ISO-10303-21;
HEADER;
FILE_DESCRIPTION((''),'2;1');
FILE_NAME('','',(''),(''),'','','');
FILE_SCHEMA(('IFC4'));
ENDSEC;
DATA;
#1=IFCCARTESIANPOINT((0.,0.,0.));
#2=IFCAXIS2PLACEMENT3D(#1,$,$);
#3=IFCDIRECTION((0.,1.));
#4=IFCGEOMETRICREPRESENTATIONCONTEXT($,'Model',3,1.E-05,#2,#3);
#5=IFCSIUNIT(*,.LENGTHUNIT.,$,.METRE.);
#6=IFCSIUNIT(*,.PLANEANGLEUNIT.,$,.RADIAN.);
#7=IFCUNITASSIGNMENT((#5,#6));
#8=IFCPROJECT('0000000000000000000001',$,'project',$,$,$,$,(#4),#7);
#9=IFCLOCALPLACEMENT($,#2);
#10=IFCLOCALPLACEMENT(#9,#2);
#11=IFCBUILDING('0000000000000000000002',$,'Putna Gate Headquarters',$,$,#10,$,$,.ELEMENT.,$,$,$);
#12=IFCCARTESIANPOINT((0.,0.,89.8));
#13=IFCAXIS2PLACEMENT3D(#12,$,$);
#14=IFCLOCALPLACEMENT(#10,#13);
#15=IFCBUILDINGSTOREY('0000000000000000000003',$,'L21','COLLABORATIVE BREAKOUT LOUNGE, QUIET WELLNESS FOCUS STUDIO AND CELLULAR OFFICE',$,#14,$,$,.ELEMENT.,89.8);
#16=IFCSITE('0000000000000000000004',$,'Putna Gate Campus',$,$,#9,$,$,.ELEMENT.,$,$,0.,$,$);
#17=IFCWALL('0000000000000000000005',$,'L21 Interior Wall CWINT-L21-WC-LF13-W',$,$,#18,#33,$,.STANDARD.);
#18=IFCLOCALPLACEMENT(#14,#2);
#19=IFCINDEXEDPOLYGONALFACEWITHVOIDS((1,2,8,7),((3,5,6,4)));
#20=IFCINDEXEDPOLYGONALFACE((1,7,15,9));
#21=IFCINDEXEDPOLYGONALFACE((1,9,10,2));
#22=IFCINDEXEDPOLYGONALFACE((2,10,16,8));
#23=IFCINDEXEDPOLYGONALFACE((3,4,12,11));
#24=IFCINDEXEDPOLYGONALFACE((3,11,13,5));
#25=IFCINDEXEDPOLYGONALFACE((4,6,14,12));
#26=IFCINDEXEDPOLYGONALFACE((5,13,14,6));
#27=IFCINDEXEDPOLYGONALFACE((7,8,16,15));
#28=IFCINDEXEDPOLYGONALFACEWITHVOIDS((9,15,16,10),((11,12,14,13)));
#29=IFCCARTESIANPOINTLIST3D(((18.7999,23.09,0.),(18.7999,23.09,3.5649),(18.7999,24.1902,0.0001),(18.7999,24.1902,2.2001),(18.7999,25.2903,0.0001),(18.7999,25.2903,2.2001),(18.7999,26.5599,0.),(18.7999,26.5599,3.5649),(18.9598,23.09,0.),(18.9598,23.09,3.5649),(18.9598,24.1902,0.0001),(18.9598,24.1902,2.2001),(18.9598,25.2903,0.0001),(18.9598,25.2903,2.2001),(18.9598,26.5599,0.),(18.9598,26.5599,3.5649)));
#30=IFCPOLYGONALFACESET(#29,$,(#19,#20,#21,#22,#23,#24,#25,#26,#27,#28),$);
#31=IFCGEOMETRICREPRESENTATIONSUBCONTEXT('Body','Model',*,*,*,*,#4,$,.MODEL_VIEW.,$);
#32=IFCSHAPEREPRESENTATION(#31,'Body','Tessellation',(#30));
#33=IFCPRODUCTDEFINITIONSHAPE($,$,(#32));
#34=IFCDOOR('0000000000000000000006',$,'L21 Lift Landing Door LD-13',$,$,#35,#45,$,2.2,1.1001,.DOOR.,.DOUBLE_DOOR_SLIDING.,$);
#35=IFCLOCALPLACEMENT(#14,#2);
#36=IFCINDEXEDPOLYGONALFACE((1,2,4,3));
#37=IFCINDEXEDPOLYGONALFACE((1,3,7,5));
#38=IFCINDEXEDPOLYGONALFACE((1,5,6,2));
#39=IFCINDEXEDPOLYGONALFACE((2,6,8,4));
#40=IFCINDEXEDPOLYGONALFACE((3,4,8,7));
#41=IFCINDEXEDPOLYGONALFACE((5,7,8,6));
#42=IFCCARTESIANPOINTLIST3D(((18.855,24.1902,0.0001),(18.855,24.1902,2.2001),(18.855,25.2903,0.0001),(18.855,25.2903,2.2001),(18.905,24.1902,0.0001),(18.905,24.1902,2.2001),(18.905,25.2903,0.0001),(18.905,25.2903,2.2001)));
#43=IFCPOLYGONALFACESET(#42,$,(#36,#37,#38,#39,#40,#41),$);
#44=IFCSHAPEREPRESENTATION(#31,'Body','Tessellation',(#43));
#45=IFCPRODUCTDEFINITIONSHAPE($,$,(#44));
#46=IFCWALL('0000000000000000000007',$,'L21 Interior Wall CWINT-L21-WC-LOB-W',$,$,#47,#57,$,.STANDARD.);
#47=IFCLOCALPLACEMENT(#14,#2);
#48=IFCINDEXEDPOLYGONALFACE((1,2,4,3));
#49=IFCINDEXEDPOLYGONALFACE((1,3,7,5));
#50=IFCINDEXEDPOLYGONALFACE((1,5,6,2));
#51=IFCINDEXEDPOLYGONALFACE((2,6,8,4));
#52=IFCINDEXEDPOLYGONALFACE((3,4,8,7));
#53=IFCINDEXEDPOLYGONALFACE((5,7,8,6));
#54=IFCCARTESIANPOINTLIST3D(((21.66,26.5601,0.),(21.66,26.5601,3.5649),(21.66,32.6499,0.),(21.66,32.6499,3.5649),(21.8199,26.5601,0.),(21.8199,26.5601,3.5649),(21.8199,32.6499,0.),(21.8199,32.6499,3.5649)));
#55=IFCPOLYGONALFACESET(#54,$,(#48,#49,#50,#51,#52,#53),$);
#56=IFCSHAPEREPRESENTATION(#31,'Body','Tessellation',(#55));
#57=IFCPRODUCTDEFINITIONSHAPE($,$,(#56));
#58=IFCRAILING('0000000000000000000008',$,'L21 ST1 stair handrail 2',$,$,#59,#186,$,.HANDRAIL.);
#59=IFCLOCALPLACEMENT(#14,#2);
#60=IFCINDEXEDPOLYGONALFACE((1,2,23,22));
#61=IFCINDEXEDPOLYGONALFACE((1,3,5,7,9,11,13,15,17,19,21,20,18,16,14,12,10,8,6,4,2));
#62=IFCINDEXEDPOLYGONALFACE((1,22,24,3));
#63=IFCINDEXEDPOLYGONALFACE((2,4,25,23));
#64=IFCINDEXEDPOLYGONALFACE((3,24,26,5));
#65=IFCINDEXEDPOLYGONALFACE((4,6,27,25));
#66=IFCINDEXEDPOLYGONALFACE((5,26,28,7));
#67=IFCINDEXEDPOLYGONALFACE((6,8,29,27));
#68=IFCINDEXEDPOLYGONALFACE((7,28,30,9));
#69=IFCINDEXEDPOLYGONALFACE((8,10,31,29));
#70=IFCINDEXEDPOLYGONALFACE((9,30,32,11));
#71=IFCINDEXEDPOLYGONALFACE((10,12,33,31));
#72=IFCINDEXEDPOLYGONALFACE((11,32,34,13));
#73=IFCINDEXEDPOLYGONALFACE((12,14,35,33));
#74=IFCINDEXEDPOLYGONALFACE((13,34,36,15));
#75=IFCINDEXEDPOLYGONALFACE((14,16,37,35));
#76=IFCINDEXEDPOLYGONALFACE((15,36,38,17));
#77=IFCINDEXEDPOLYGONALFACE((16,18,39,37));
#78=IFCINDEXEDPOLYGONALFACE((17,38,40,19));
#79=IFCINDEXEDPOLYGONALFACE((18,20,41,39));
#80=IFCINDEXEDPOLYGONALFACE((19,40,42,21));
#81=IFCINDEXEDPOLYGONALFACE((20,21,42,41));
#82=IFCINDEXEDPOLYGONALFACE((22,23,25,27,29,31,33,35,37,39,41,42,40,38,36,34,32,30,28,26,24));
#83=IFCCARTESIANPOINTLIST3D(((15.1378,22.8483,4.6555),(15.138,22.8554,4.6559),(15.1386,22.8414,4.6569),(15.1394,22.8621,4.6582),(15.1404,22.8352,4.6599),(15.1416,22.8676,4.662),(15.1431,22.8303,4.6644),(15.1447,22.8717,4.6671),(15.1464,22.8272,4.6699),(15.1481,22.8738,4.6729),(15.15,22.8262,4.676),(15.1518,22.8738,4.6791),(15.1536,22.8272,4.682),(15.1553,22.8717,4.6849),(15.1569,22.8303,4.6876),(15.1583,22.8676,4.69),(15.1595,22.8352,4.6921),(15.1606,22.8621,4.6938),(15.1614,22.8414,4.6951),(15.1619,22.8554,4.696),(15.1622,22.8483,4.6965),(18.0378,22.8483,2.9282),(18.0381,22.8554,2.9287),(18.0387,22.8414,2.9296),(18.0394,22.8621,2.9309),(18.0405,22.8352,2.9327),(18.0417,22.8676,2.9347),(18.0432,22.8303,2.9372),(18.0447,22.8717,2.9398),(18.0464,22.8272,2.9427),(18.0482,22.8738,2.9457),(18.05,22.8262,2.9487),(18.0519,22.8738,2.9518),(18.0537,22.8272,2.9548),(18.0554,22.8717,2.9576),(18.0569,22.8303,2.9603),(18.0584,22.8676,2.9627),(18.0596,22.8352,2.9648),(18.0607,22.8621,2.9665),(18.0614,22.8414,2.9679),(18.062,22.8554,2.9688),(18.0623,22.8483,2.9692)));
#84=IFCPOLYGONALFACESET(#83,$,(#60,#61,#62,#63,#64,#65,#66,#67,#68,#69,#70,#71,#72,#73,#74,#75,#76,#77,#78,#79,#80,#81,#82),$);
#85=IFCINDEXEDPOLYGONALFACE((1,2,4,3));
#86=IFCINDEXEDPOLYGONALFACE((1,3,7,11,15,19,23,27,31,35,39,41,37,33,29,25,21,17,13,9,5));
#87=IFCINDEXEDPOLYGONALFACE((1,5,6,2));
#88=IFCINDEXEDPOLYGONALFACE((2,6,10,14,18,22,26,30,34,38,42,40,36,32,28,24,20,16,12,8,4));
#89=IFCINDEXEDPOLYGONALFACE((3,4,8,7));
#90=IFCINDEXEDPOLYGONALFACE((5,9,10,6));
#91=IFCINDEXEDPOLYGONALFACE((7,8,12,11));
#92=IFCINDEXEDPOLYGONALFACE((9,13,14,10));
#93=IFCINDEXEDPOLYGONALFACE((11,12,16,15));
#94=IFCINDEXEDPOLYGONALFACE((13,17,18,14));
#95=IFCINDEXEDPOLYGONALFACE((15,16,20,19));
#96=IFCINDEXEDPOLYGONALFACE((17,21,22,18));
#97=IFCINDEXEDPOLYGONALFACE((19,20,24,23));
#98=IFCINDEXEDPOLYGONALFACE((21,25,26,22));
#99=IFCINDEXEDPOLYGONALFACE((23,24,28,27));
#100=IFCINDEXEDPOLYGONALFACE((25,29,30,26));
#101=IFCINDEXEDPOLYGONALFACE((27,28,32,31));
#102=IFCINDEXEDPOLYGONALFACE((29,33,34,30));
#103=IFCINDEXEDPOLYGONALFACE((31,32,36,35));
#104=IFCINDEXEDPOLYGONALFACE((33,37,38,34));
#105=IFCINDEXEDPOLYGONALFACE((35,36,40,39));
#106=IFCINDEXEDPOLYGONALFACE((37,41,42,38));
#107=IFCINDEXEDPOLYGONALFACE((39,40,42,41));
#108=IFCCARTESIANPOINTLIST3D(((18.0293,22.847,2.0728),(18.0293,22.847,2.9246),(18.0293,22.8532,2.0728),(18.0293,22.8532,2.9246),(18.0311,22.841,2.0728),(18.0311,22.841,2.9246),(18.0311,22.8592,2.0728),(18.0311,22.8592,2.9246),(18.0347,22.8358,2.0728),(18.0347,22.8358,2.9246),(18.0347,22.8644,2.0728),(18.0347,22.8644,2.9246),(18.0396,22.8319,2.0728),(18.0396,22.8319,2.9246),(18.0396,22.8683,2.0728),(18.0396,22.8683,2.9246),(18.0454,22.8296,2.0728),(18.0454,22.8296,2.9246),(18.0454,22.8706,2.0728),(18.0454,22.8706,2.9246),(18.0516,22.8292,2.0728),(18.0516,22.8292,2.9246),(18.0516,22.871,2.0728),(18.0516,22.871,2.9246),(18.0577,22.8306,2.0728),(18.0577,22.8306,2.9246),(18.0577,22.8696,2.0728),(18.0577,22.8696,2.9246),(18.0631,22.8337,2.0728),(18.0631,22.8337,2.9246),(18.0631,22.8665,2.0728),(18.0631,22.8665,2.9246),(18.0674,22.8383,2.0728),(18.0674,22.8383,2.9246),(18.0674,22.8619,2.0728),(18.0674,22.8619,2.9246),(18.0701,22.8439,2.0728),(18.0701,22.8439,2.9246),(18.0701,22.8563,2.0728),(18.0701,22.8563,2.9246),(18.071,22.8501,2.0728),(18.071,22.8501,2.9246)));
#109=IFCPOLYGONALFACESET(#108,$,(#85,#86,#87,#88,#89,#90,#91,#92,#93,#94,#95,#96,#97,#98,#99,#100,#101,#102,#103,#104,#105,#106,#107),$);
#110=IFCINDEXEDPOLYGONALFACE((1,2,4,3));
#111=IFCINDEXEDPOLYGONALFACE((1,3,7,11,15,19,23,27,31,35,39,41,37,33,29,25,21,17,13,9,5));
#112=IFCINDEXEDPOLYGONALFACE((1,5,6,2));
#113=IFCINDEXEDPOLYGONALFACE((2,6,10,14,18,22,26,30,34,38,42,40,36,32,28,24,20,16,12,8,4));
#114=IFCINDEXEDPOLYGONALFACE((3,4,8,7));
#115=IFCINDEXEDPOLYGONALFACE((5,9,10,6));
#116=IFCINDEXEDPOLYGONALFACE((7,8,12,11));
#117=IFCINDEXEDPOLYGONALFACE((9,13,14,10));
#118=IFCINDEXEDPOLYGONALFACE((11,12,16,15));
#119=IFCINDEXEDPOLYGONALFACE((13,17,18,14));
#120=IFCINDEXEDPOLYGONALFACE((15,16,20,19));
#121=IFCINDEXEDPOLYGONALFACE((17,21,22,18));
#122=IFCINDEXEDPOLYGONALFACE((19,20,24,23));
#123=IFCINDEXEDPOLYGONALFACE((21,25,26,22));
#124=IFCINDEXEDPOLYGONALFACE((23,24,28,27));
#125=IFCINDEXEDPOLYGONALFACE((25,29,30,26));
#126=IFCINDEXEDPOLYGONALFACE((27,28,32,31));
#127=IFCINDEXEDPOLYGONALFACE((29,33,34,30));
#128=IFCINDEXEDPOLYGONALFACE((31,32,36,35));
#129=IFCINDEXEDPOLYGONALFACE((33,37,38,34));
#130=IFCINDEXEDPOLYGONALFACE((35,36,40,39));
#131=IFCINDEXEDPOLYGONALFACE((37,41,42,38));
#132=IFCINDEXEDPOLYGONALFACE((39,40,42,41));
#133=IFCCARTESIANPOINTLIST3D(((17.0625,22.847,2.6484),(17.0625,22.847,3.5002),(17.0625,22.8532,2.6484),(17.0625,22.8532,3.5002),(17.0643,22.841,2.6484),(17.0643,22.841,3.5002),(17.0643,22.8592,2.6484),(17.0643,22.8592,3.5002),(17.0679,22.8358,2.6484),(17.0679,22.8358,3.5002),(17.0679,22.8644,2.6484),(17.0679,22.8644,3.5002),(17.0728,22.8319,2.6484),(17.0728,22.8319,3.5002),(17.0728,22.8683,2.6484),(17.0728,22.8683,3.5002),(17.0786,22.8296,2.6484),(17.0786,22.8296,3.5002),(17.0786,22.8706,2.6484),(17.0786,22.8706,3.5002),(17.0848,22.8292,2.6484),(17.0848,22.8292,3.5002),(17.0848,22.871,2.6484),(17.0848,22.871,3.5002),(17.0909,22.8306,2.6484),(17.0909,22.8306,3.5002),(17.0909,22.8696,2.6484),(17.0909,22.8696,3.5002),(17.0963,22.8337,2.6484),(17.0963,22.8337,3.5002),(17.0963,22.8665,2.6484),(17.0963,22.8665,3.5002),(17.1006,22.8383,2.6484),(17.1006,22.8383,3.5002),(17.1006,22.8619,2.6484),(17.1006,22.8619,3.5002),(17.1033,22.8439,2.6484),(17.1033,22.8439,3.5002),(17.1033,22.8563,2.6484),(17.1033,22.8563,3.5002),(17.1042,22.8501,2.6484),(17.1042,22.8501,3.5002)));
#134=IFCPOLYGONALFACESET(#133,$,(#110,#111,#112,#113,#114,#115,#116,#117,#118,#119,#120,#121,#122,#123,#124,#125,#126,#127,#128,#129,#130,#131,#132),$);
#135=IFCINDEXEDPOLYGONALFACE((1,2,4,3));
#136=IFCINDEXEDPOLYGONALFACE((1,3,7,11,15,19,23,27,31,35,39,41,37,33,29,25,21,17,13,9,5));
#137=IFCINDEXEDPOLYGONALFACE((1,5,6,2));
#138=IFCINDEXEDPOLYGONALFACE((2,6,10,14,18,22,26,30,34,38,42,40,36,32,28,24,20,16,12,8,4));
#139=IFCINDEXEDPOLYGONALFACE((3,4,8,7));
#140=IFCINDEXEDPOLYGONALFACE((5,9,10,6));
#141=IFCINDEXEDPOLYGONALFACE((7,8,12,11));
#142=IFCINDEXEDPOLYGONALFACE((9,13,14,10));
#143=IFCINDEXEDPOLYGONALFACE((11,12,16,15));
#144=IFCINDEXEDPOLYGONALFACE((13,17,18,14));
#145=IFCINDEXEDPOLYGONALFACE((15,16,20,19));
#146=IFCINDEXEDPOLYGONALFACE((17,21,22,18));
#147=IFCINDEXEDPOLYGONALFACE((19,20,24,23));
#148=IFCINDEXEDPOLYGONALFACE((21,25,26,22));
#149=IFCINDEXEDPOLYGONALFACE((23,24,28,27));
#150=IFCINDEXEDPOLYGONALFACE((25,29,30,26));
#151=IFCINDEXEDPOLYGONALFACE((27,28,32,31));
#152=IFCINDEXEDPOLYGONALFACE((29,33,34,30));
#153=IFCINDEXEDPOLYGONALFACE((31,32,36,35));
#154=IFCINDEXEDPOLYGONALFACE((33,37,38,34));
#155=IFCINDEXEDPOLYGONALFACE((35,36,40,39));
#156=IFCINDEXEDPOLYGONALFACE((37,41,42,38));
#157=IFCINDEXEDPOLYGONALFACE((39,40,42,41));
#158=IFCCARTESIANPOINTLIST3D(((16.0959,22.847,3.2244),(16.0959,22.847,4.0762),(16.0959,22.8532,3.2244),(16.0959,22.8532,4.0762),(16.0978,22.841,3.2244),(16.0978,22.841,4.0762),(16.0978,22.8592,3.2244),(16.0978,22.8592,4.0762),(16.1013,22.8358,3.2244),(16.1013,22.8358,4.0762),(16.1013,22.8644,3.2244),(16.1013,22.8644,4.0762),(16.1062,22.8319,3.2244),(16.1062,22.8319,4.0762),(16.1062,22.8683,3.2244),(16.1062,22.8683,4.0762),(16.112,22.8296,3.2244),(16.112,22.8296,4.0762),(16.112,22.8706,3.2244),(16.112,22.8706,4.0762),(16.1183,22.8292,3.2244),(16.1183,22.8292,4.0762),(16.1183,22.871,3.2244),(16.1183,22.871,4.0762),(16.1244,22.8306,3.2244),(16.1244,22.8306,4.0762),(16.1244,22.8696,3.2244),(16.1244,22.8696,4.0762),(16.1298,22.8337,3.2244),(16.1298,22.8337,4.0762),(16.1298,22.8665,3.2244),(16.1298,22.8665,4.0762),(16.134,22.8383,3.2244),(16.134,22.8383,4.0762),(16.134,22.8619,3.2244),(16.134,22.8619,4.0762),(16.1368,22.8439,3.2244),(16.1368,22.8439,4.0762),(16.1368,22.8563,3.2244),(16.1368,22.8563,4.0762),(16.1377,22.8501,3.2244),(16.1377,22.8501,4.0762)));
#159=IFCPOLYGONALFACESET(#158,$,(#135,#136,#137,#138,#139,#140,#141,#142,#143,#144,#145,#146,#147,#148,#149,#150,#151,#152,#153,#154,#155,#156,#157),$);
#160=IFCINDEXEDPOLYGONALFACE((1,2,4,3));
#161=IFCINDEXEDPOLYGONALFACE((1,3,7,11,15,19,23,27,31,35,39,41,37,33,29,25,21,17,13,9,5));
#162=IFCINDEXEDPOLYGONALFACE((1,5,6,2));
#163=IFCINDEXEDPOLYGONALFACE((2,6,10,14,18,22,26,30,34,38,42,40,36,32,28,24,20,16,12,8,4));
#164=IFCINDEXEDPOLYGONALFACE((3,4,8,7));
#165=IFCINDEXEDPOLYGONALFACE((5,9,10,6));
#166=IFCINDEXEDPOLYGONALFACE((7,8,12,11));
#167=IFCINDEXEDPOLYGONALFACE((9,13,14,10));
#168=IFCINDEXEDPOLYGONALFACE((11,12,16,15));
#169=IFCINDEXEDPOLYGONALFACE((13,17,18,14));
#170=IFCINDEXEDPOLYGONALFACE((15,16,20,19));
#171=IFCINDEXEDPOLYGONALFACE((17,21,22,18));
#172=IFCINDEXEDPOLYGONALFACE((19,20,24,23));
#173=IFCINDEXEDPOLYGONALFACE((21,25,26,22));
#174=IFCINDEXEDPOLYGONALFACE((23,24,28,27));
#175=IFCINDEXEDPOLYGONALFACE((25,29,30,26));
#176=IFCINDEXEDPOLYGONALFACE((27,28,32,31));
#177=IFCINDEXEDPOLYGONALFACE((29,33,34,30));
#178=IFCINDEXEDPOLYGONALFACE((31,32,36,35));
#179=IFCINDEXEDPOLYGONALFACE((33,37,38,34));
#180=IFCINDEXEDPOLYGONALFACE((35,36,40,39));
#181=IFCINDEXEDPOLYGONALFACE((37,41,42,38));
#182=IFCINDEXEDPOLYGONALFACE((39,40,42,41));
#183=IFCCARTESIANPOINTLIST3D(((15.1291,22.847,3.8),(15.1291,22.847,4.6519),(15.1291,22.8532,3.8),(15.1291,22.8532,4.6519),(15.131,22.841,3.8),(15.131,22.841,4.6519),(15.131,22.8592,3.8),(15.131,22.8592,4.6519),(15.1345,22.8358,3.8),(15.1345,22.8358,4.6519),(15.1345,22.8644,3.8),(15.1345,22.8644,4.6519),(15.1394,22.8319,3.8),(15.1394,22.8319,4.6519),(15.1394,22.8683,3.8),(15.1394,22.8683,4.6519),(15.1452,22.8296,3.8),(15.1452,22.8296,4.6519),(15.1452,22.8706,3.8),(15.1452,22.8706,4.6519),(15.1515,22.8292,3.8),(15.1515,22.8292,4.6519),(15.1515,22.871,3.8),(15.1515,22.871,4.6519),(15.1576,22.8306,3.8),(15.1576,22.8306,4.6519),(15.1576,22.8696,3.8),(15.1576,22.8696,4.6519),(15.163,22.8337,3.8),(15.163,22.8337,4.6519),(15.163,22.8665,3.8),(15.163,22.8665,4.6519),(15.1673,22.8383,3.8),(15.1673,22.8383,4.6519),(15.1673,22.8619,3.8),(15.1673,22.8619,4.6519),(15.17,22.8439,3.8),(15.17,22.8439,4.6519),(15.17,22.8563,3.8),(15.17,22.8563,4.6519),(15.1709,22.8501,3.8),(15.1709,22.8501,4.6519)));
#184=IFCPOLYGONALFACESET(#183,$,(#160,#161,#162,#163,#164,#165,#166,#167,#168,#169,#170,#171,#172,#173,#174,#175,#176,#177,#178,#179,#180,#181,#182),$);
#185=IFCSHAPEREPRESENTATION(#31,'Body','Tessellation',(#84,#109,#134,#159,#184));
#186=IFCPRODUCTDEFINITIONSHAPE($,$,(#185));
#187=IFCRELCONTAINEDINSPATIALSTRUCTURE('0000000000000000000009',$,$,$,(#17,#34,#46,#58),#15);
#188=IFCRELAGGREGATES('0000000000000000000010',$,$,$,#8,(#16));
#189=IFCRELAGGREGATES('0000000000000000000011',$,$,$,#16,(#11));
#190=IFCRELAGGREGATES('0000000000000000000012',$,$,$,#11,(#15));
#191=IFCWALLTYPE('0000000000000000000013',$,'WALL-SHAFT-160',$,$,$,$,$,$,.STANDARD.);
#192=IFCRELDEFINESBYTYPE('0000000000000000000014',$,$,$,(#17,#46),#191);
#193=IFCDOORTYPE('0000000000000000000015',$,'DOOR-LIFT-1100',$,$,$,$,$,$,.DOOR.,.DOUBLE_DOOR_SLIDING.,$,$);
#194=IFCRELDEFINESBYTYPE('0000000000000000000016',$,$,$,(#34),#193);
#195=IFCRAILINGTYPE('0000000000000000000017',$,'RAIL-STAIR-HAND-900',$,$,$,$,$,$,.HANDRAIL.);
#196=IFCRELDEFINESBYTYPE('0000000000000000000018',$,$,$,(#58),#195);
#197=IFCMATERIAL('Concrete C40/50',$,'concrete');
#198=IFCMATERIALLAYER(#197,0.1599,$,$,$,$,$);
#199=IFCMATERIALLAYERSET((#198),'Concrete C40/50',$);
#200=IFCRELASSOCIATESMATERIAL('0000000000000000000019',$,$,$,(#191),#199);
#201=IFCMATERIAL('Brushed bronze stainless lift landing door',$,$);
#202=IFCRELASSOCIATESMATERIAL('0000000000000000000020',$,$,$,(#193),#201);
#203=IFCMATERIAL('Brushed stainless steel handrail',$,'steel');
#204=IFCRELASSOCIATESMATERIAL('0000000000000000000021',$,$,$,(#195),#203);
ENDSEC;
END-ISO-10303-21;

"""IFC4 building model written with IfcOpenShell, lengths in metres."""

from ifc_helpers import new_model, si_unit, direction, frame, frame_2d, origin, origin_2d, place, context, subcontext, project, spatial, rectangle, circle, extrude, material, layer, layer_set, type_object, element, fill, save


model = new_model("IFC4")

# Units and contexts
model_context = context("Model", 3, precision=1e-05, world=origin(), true_north=direction((0.0, 1.0)))
body_context = subcontext(model_context, "Body", "Model", "MODEL_VIEW")
ifc_project = project(units=[si_unit("LENGTHUNIT", "METRE"), si_unit("PLANEANGLEUNIT", "RADIAN")], contexts=[model_context])

# Site, building, storey
site_placement = place(None, origin())
site = spatial("IfcSite", under=ifc_project, at=site_placement, Name="Putna Gate Campus", CompositionType="ELEMENT", RefElevation=0.0)
building_placement = place(site_placement, origin())
building = spatial("IfcBuilding", under=site, at=building_placement, Name="Putna Gate Headquarters", CompositionType="ELEMENT")
storey_placement = place(building_placement, frame((0.0, 0.0, 89.8)))
storey = spatial("IfcBuildingStorey", under=building, at=storey_placement, Name="L21", Description="COLLABORATIVE BREAKOUT LOUNGE, QUIET WELLNESS FOCUS STUDIO AND CELLULAR OFFICE", CompositionType="ELEMENT", Elevation=89.8)

# Shared definitions
ifc_material_1 = material(Name="Concrete C40/50", Category="concrete")
ifc_layer_1 = layer(ifc_material_1, 0.1599)
ifc_layer_set_1 = layer_set([ifc_layer_1], Name="Concrete C40/50")
wall_type_1 = type_object("IfcWallType", Name="WALL-SHAFT-160", PredefinedType="STANDARD", material=ifc_layer_set_1)

# Wall, opening, door
wall_1_placement = place(storey_placement, frame((18.8799, 23.0901, 0.0), z_axis=(0.0, 0.0, 1.0), x_axis=(0.0, 1.0, 0.0)))
wall_1 = element("IfcWall", 1, at=wall_1_placement, inside=storey, type_object=wall_type_1, Name="L21 Interior Wall CWINT-L21-WC-LF13-W", PredefinedType="STANDARD", context=body_context, shape_type="SweptSolid", body=[
    extrude(rectangle(XDim=3.47, YDim=0.1599, at=frame_2d((1.7349, 0.0))), origin(), (0.0, 0.0, 1.0), 3.5649),
])
opening_1_placement = place(wall_1_placement, frame((1.1001, 0.0, 0.0)))
opening_1 = element("IfcOpeningElement", 2, at=opening_1_placement, cuts=wall_1, PredefinedType="OPENING", context=body_context, shape_type="SweptSolid", body=[
    extrude(rectangle(XDim=1.1001, YDim=2.2, at=frame_2d((0.55, 1.1001))), frame((0.0, 0.0898, 0.0), z_axis=(0.0, -1.0, 0.0), x_axis=(1.0, 0.0, 0.0)), (0.0, 0.0, 1.0), 0.1799),
])
ifc_material_2 = material(Name="Brushed bronze stainless lift landing door")
door_type_1 = type_object("IfcDoorType", Name="DOOR-LIFT-1100", OperationType="DOUBLE_DOOR_SLIDING", PredefinedType="DOOR", material=ifc_material_2)
door_1_placement = place(opening_1_placement, origin())
door_1 = element("IfcDoor", 3, at=door_1_placement, inside=storey, type_object=door_type_1, Name="L21 Lift Landing Door LD-13", OperationType="DOUBLE_DOOR_SLIDING", OverallHeight=2.2, OverallWidth=1.1001, PredefinedType="DOOR", context=body_context, shape_type="SweptSolid", body=[
    extrude(rectangle(XDim=1.1001, YDim=2.2, at=frame_2d((0.55, 1.1001))), frame((0.0, 0.0249, 0.0), z_axis=(0.0, -1.0, 0.0), x_axis=(1.0, 0.0, 0.0)), (0.0, 0.0, 1.0), 0.05),
])
fill(opening_1, door_1)

# Wall
wall_2_placement = place(storey_placement, frame((21.74, 26.5601, 0.0), z_axis=(0.0, 0.0, 1.0), x_axis=(0.0, 1.0, 0.0)))
element("IfcWall", 4, at=wall_2_placement, inside=storey, type_object=wall_type_1, Name="L21 Interior Wall CWINT-L21-WC-LOB-W", PredefinedType="STANDARD", context=body_context, shape_type="SweptSolid", body=[
    extrude(rectangle(XDim=6.0898, YDim=0.1599, at=frame_2d((3.0449, 0.0))), origin(), (0.0, 0.0, 1.0), 3.5649),
])

# Railing
ifc_material_3 = material(Name="Brushed stainless steel handrail", Category="steel")
railing_type_1 = type_object("IfcRailingType", Name="RAIL-STAIR-HAND-900", PredefinedType="HANDRAIL", material=ifc_material_3)
railing_1_placement = place(storey_placement, frame((18.05, 22.8501, 2.0728)))
element("IfcRailing", 5, at=railing_1_placement, inside=storey, type_object=railing_type_1, Name="L21 ST1 stair handrail 2", PredefinedType="HANDRAIL", context=body_context, shape_type="SweptSolid", body=[
    extrude(circle(Radius=0.0239, at=origin_2d()), frame((0.0, 0.0, 0.876), z_axis=(-0.85916, 0.0, 0.511706), x_axis=(0.0, -1.0, 0.0)), (0.0, 0.0, 1.0), 3.3755),
    extrude(circle(Radius=0.021, at=origin_2d()), origin(), (0.0, 0.0, 1.0), 0.8518),
    extrude(circle(Radius=0.021, at=origin_2d()), frame((-0.9668, 0.0, 0.5757)), (0.0, 0.0, 1.0), 0.8518),
    extrude(circle(Radius=0.021, at=origin_2d()), frame((-1.9333, 0.0, 1.1516)), (0.0, 0.0, 1.0), 0.8518),
    extrude(circle(Radius=0.021, at=origin_2d()), frame((-2.9001, 0.0, 1.7273)), (0.0, 0.0, 1.0), 0.8518),
])

save(model, "model.ifc")
